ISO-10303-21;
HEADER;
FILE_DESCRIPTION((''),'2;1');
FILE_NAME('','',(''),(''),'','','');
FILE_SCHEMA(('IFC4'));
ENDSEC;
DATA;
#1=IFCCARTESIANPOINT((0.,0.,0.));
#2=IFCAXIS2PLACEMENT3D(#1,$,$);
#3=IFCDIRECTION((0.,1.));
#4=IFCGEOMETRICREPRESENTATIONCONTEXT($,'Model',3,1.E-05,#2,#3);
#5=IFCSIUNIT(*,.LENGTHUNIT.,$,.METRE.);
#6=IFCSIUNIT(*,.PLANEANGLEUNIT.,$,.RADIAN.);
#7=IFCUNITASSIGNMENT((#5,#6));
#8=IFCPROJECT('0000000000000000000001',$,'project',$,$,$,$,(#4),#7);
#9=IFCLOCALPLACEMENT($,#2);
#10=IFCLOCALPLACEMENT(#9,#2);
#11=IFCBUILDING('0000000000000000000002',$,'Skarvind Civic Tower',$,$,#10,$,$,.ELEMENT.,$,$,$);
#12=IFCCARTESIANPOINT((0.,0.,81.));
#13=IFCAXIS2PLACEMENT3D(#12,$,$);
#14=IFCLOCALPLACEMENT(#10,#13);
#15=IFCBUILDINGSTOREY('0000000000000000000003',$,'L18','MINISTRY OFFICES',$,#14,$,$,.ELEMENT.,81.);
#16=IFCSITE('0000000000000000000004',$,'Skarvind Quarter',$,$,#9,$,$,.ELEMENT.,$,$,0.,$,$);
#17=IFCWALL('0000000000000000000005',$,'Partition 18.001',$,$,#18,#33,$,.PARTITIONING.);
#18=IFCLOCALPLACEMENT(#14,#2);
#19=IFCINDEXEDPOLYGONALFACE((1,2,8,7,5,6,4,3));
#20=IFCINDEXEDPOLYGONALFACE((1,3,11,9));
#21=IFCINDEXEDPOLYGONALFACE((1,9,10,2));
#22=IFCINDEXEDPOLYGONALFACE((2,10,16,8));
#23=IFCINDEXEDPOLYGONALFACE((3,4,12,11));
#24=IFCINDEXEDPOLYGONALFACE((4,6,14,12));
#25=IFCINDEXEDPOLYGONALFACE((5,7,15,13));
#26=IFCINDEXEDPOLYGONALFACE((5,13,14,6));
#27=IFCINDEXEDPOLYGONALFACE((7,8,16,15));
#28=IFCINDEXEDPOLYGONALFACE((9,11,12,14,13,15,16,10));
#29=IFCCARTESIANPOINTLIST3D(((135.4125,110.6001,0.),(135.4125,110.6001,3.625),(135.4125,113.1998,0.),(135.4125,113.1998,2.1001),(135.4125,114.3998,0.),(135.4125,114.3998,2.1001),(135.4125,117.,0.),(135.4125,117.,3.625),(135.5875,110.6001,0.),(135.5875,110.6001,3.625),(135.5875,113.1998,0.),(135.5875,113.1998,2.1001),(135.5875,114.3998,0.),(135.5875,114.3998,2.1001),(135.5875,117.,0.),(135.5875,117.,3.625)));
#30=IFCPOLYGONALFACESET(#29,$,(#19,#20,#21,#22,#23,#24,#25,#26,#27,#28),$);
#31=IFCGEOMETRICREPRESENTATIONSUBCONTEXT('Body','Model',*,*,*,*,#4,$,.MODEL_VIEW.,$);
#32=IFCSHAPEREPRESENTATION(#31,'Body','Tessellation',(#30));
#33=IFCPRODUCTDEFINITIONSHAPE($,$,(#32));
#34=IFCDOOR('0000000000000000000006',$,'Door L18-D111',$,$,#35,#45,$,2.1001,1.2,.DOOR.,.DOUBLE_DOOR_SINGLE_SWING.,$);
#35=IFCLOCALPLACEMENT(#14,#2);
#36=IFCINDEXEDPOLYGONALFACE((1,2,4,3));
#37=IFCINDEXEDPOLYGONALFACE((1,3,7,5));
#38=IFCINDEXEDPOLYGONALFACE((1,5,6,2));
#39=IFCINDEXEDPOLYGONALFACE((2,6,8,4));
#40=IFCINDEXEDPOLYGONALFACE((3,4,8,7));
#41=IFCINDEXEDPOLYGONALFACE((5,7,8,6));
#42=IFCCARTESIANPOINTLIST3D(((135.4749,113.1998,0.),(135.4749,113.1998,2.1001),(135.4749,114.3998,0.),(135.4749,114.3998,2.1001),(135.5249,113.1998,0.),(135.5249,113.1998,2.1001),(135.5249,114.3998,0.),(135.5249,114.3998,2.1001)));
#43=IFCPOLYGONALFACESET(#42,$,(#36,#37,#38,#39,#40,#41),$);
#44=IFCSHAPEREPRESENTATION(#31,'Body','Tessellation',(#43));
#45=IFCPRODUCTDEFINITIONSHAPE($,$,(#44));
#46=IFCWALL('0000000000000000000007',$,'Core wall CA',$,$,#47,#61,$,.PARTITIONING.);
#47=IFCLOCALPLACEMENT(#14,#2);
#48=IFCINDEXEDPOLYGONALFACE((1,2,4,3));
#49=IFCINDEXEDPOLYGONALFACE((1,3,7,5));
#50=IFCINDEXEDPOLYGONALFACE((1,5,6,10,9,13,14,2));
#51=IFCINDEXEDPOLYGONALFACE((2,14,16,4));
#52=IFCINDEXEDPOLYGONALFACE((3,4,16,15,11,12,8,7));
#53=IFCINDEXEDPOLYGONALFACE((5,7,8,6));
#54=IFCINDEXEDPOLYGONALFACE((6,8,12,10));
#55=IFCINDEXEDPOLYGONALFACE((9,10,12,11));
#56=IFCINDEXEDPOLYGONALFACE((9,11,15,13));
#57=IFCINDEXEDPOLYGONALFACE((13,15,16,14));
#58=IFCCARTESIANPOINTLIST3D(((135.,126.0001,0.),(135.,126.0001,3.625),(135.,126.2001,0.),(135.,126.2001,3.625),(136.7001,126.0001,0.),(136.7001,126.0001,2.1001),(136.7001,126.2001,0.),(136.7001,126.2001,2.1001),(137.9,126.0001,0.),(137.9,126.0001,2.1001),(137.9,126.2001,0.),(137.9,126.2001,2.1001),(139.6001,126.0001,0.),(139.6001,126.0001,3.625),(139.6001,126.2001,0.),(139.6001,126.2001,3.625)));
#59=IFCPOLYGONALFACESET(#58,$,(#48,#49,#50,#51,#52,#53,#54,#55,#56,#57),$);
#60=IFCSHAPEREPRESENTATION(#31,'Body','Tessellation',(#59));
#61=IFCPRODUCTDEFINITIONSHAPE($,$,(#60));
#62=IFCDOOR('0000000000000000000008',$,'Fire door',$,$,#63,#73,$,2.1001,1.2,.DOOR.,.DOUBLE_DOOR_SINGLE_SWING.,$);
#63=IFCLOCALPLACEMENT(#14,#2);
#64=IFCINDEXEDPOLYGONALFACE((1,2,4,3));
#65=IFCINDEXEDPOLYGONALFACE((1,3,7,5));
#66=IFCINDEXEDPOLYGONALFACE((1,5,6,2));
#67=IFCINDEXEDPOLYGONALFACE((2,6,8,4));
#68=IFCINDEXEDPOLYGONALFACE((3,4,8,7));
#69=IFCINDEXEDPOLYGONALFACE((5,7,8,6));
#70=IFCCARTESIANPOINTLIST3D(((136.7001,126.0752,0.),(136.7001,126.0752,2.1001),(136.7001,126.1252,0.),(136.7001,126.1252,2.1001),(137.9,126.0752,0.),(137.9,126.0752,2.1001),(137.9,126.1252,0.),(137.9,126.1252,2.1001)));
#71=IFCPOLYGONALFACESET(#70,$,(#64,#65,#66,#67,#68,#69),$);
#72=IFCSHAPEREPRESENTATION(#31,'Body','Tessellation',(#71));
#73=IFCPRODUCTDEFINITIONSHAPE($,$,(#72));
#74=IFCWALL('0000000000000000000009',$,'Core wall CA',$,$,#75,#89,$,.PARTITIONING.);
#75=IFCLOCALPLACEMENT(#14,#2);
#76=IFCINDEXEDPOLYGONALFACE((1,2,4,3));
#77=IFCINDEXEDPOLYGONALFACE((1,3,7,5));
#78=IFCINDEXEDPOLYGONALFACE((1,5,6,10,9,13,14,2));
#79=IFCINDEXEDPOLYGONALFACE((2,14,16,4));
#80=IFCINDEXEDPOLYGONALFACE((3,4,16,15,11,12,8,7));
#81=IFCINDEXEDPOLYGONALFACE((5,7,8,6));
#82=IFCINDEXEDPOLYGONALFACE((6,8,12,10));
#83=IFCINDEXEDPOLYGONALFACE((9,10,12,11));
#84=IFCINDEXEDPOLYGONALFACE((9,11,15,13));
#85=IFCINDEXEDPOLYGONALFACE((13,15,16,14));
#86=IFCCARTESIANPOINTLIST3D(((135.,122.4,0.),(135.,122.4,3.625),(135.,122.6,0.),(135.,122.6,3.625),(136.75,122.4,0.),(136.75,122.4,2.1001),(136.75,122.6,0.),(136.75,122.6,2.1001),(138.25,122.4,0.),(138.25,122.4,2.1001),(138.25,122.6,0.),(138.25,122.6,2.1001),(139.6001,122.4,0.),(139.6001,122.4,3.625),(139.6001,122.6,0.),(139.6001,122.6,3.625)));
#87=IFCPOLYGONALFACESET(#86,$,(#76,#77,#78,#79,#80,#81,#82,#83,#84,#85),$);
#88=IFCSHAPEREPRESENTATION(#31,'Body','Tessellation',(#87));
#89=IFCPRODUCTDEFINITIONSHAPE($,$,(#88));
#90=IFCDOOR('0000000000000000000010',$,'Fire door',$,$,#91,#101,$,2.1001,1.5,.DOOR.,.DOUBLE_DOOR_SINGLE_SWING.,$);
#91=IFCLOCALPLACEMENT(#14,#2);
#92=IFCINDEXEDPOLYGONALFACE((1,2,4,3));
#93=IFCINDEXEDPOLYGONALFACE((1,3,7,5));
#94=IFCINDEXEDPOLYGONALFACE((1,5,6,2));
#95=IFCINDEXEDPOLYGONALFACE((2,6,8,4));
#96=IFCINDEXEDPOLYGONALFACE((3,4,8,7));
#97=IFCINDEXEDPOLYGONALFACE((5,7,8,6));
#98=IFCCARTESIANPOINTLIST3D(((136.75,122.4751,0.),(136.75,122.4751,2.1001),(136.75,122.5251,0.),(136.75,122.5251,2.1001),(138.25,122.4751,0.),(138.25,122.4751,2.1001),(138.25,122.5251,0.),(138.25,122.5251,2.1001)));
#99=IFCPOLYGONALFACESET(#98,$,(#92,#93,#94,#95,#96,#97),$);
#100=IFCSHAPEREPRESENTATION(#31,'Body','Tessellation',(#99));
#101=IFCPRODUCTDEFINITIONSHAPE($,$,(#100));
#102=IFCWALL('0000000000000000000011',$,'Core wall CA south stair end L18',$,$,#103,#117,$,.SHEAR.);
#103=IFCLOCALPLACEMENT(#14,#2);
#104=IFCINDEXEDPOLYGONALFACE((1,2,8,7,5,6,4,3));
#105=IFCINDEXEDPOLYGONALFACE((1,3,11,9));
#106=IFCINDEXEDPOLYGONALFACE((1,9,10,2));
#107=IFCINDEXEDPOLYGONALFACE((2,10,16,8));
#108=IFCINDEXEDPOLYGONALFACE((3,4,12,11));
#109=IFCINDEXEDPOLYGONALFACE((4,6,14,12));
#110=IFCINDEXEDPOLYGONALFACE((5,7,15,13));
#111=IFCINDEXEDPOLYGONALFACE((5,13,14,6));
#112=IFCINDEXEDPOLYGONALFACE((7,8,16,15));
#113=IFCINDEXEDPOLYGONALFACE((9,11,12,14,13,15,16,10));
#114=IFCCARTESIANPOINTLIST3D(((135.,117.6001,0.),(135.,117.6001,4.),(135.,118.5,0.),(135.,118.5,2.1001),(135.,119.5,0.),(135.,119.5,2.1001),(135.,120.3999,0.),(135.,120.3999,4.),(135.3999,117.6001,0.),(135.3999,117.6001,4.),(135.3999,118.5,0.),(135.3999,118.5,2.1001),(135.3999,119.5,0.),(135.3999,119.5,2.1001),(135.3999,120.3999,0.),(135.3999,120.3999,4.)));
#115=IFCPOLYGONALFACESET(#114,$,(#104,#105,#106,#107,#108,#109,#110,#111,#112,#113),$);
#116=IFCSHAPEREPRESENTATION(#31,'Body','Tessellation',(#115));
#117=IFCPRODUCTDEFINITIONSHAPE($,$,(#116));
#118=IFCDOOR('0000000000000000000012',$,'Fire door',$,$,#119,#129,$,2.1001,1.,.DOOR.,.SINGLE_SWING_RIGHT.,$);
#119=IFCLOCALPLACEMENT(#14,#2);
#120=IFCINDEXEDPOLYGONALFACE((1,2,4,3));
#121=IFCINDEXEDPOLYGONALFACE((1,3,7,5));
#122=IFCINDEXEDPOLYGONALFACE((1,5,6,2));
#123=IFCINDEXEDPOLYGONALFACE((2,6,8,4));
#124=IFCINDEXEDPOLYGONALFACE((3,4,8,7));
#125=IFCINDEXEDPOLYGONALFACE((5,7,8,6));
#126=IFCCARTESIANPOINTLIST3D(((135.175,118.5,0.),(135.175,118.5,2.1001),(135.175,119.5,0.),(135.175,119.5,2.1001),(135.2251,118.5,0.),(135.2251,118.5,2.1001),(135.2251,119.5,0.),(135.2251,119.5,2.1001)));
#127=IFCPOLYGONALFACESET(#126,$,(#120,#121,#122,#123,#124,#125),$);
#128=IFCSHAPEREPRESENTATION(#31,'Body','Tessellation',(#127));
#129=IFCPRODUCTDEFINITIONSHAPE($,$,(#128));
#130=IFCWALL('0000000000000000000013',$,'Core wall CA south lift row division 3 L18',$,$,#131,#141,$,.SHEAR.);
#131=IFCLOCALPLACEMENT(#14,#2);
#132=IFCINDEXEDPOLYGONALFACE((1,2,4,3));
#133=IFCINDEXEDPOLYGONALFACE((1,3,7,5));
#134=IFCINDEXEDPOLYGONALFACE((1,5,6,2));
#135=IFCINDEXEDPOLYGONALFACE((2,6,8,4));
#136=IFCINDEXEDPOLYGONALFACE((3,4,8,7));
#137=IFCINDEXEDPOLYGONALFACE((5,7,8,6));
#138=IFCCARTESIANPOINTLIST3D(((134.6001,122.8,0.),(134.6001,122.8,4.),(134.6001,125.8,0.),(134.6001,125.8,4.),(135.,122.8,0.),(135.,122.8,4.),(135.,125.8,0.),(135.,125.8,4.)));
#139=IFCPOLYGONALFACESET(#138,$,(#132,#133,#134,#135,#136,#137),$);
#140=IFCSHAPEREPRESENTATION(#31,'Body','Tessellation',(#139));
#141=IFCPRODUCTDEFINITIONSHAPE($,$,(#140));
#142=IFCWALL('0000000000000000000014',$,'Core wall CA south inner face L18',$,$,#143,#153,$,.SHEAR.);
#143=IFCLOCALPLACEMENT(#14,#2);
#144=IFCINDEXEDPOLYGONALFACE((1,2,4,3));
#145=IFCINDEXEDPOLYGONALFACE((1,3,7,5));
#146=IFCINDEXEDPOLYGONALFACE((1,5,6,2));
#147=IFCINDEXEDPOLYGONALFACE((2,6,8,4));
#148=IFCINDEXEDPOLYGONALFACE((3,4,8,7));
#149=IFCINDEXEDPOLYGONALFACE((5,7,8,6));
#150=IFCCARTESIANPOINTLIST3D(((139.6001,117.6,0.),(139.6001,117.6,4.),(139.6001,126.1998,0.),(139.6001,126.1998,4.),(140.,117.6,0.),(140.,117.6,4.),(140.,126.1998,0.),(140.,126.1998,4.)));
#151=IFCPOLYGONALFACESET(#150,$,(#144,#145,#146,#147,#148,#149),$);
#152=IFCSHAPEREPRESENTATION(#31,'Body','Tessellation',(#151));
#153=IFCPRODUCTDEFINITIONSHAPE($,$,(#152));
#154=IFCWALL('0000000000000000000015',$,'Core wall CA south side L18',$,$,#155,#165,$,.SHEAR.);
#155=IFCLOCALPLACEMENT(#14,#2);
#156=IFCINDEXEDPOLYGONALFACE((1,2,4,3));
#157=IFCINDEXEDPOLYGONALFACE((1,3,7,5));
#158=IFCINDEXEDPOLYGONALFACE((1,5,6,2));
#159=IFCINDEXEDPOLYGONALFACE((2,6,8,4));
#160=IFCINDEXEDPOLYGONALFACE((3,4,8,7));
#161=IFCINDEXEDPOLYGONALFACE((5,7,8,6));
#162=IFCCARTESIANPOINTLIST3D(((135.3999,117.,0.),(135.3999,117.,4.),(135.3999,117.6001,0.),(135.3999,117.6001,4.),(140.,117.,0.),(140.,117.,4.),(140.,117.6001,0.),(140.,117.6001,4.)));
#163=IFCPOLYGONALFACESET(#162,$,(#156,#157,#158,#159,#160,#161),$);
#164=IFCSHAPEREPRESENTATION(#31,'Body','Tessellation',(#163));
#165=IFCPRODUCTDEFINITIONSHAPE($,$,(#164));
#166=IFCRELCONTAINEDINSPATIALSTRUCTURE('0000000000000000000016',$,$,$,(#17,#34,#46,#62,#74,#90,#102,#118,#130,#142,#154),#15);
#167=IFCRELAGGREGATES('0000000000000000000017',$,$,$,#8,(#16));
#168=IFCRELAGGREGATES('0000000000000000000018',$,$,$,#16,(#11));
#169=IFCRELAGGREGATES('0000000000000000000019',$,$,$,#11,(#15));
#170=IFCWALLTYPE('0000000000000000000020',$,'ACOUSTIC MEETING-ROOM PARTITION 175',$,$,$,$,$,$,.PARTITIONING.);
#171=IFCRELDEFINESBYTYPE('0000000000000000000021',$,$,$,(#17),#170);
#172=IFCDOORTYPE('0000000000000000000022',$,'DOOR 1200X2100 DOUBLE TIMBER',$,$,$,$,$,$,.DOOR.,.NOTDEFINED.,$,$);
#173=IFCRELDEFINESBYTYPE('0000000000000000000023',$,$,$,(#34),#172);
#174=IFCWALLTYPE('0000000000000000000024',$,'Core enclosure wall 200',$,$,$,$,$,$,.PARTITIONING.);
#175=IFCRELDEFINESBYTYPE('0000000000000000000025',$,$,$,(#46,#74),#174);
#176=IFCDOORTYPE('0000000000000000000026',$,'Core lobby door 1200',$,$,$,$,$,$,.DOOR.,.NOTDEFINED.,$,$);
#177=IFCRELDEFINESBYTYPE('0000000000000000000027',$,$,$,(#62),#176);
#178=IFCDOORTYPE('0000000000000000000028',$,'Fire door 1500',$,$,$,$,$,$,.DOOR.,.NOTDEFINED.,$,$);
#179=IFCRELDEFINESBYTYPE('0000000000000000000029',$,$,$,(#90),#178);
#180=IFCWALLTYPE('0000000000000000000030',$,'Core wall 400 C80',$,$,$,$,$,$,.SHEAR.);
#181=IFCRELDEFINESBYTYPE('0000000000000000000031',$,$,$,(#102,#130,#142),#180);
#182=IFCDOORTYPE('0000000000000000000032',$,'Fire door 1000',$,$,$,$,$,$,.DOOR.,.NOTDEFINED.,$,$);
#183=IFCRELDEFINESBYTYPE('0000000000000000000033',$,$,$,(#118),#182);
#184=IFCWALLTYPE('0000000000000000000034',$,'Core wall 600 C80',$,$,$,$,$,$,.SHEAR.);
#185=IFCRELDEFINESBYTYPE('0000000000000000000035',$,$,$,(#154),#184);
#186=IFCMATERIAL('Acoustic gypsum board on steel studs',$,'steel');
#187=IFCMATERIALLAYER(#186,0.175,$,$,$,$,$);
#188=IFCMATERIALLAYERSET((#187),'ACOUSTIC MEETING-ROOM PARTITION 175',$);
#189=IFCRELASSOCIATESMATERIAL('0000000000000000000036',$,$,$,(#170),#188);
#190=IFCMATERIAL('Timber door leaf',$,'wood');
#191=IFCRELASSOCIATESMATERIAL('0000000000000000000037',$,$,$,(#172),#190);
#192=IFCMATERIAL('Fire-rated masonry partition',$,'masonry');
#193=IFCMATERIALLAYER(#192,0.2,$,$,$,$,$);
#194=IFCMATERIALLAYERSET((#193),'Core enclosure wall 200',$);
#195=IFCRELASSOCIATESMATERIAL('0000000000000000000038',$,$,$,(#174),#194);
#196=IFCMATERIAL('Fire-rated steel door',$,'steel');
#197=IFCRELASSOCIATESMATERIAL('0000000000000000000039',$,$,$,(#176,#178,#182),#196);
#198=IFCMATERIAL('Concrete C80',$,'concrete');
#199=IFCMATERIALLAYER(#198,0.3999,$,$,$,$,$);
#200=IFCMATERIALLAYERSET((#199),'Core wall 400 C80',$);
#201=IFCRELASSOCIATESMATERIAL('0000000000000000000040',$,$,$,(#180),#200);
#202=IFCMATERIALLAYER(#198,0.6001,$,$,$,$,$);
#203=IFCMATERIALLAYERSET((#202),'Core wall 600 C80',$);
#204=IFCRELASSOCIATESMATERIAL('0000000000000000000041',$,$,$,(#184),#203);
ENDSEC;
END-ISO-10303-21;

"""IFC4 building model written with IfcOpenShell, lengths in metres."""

from ifc_helpers import new_model, si_unit, direction, frame, frame_2d, origin, place, context, subcontext, project, spatial, rectangle, extrude, material, layer, layer_set, type_object, element, fill, save


model = new_model("IFC4")

# Units and contexts
model_context = context("Model", 3, precision=1e-05, world=origin(), true_north=direction((0.0, 1.0)))
body_context = subcontext(model_context, "Body", "Model", "MODEL_VIEW")
ifc_project = project(units=[si_unit("LENGTHUNIT", "METRE"), si_unit("PLANEANGLEUNIT", "RADIAN")], contexts=[model_context])

# Site, building, storey
site_placement = place(None, origin())
site = spatial("IfcSite", under=ifc_project, at=site_placement, Name="Skarvind Quarter", CompositionType="ELEMENT", RefElevation=0.0)
building_placement = place(site_placement, origin())
building = spatial("IfcBuilding", under=site, at=building_placement, Name="Skarvind Civic Tower", CompositionType="ELEMENT")
storey_placement = place(building_placement, frame((0.0, 0.0, 81.0)))
storey = spatial("IfcBuildingStorey", under=building, at=storey_placement, Name="L18", Description="MINISTRY OFFICES", CompositionType="ELEMENT", Elevation=81.0)

# Walls, openings, doors
ifc_material_1 = material(Name="Acoustic gypsum board on steel studs", Category="steel")
ifc_layer_1 = layer(ifc_material_1, 0.175)
ifc_layer_set_1 = layer_set([ifc_layer_1], Name="ACOUSTIC MEETING-ROOM PARTITION 175")
wall_type_1 = type_object("IfcWallType", Name="ACOUSTIC MEETING-ROOM PARTITION 175", PredefinedType="PARTITIONING", material=ifc_layer_set_1)
wall_1_placement = place(storey_placement, frame((135.5, 117.0, 0.0), z_axis=(0.0, 0.0, 1.0), x_axis=(0.0, -1.0, 0.0)))
wall_1 = element("IfcWall", 1, at=wall_1_placement, inside=storey, type_object=wall_type_1, Name="Partition 18.001", PredefinedType="PARTITIONING", context=body_context, shape_type="SweptSolid", body=[
    extrude(rectangle(XDim=6.3999, YDim=0.175, at=frame_2d((3.2, 0.0))), origin(), (0.0, 0.0, 1.0), 3.625),
])
opening_1_placement = place(wall_1_placement, frame((2.6001, 0.0, 0.0)))
opening_1 = element("IfcOpeningElement", 2, at=opening_1_placement, cuts=wall_1, PredefinedType="OPENING", context=body_context, shape_type="SweptSolid", body=[
    extrude(rectangle(XDim=1.2, YDim=2.1001, at=frame_2d((0.6001, 1.05))), frame((0.0, 0.0974, 0.0), z_axis=(0.0, -1.0, 0.0), x_axis=(1.0, 0.0, 0.0)), (0.0, 0.0, 1.0), 0.1951),
])
ifc_material_2 = material(Name="Timber door leaf", Category="wood")
door_type_1 = type_object("IfcDoorType", Name="DOOR 1200X2100 DOUBLE TIMBER", OperationType="NOTDEFINED", PredefinedType="DOOR", material=ifc_material_2)
door_1_placement = place(opening_1_placement, origin())
door_1 = element("IfcDoor", 3, at=door_1_placement, inside=storey, type_object=door_type_1, Name="Door L18-D111", OperationType="DOUBLE_DOOR_SINGLE_SWING", OverallHeight=2.1001, OverallWidth=1.2, PredefinedType="DOOR", context=body_context, shape_type="SweptSolid", body=[
    extrude(rectangle(XDim=1.2, YDim=2.1001, at=frame_2d((0.6001, 1.05))), frame((0.0, 0.0249, 0.0), z_axis=(0.0, -1.0, 0.0), x_axis=(1.0, 0.0, 0.0)), (0.0, 0.0, 1.0), 0.05),
])
fill(opening_1, door_1)
ifc_material_3 = material(Name="Fire-rated masonry partition", Category="masonry")
ifc_layer_2 = layer(ifc_material_3, 0.2)
ifc_layer_set_2 = layer_set([ifc_layer_2], Name="Core enclosure wall 200")
wall_type_2 = type_object("IfcWallType", Name="Core enclosure wall 200", PredefinedType="PARTITIONING", material=ifc_layer_set_2)
wall_2_placement = place(storey_placement, frame((139.6001, 126.1001, 0.0), z_axis=(0.0, 0.0, 1.0), x_axis=(-1.0, 0.0, 0.0)))
wall_2 = element("IfcWall", 4, at=wall_2_placement, inside=storey, type_object=wall_type_2, Name="Core wall CA", PredefinedType="PARTITIONING", context=body_context, shape_type="SweptSolid", body=[
    extrude(rectangle(XDim=4.6001, YDim=0.2, at=frame_2d((2.3, 0.0))), origin(), (0.0, 0.0, 1.0), 3.625),
])
opening_2_placement = place(wall_2_placement, frame((1.7, 0.0, 0.0)))
opening_2 = element("IfcOpeningElement", 5, at=opening_2_placement, cuts=wall_2, PredefinedType="OPENING", context=body_context, shape_type="SweptSolid", body=[
    extrude(rectangle(XDim=1.2, YDim=2.1001, at=frame_2d((0.6001, 1.05))), frame((0.0, 0.1099, 0.0), z_axis=(0.0, -1.0, 0.0), x_axis=(1.0, 0.0, 0.0)), (0.0, 0.0, 1.0), 0.22),
])
ifc_material_4 = material(Name="Fire-rated steel door", Category="steel")
door_type_2 = type_object("IfcDoorType", Name="Core lobby door 1200", OperationType="NOTDEFINED", PredefinedType="DOOR", material=ifc_material_4)
door_2_placement = place(opening_2_placement, origin())
door_2 = element("IfcDoor", 6, at=door_2_placement, inside=storey, type_object=door_type_2, Name="Fire door", OperationType="DOUBLE_DOOR_SINGLE_SWING", OverallHeight=2.1001, OverallWidth=1.2, PredefinedType="DOOR", context=body_context, shape_type="SweptSolid", body=[
    extrude(rectangle(XDim=1.2, YDim=2.1001, at=frame_2d((0.6001, 1.05))), frame((0.0, 0.0249, 0.0), z_axis=(0.0, -1.0, 0.0), x_axis=(1.0, 0.0, 0.0)), (0.0, 0.0, 1.0), 0.05),
])
fill(opening_2, door_2)
wall_3_placement = place(storey_placement, frame((139.6001, 122.5, 0.0), z_axis=(0.0, 0.0, 1.0), x_axis=(-1.0, 0.0, 0.0)))
wall_3 = element("IfcWall", 7, at=wall_3_placement, inside=storey, type_object=wall_type_2, Name="Core wall CA", PredefinedType="PARTITIONING", context=body_context, shape_type="SweptSolid", body=[
    extrude(rectangle(XDim=4.6001, YDim=0.2, at=frame_2d((2.3, 0.0))), origin(), (0.0, 0.0, 1.0), 3.625),
])
opening_3_placement = place(wall_3_placement, frame((1.3501, 0.0, 0.0)))
opening_3 = element("IfcOpeningElement", 8, at=opening_3_placement, cuts=wall_3, PredefinedType="OPENING", context=body_context, shape_type="SweptSolid", body=[
    extrude(rectangle(XDim=1.5, YDim=2.1001, at=frame_2d((0.75, 1.05))), frame((0.0, 0.1099, 0.0), z_axis=(0.0, -1.0, 0.0), x_axis=(1.0, 0.0, 0.0)), (0.0, 0.0, 1.0), 0.22),
])
door_type_3 = type_object("IfcDoorType", Name="Fire door 1500", OperationType="NOTDEFINED", PredefinedType="DOOR", material=ifc_material_4)
door_3_placement = place(opening_3_placement, origin())
door_3 = element("IfcDoor", 9, at=door_3_placement, inside=storey, type_object=door_type_3, Name="Fire door", OperationType="DOUBLE_DOOR_SINGLE_SWING", OverallHeight=2.1001, OverallWidth=1.5, PredefinedType="DOOR", context=body_context, shape_type="SweptSolid", body=[
    extrude(rectangle(XDim=1.5, YDim=2.1001, at=frame_2d((0.75, 1.05))), frame((0.0, 0.0249, 0.0), z_axis=(0.0, -1.0, 0.0), x_axis=(1.0, 0.0, 0.0)), (0.0, 0.0, 1.0), 0.05),
])
fill(opening_3, door_3)
ifc_material_5 = material(Name="Concrete C80", Category="concrete")
ifc_layer_3 = layer(ifc_material_5, 0.3999)
ifc_layer_set_3 = layer_set([ifc_layer_3], Name="Core wall 400 C80")
wall_type_3 = type_object("IfcWallType", Name="Core wall 400 C80", PredefinedType="SHEAR", material=ifc_layer_set_3)
wall_4_placement = place(storey_placement, frame((135.2, 117.6001, 0.0), z_axis=(0.0, 0.0, 1.0), x_axis=(0.0, 1.0, 0.0)))
wall_4 = element("IfcWall", 10, at=wall_4_placement, inside=storey, type_object=wall_type_3, Name="Core wall CA south stair end L18", PredefinedType="SHEAR", context=body_context, shape_type="SweptSolid", body=[
    extrude(rectangle(XDim=2.7998, YDim=0.3999, at=frame_2d((1.3999, 0.0))), origin(), (0.0, 0.0, 1.0), 4.0),
])
opening_4_placement = place(wall_4_placement, frame((0.8999, 0.0, 0.0)))
opening_4 = element("IfcOpeningElement", 11, at=opening_4_placement, cuts=wall_4, PredefinedType="OPENING", context=body_context, shape_type="SweptSolid", body=[
    extrude(rectangle(XDim=1.0, YDim=2.1001, at=frame_2d((0.5, 1.05))), frame((0.0, 0.21, 0.0), z_axis=(0.0, -1.0, 0.0), x_axis=(1.0, 0.0, 0.0)), (0.0, 0.0, 1.0), 0.4199),
])
door_type_4 = type_object("IfcDoorType", Name="Fire door 1000", OperationType="NOTDEFINED", PredefinedType="DOOR", material=ifc_material_4)
door_4_placement = place(opening_4_placement, origin())
door_4 = element("IfcDoor", 12, at=door_4_placement, inside=storey, type_object=door_type_4, Name="Fire door", OperationType="SINGLE_SWING_RIGHT", OverallHeight=2.1001, OverallWidth=1.0, PredefinedType="DOOR", context=body_context, shape_type="SweptSolid", body=[
    extrude(rectangle(XDim=1.0, YDim=2.1001, at=frame_2d((0.5, 1.05))), frame((0.0, 0.0249, 0.0), z_axis=(0.0, -1.0, 0.0), x_axis=(1.0, 0.0, 0.0)), (0.0, 0.0, 1.0), 0.05),
])
fill(opening_4, door_4)

# Walls
wall_5_placement = place(storey_placement, frame((134.8, 122.8, 0.0), z_axis=(0.0, 0.0, 1.0), x_axis=(0.0, 1.0, 0.0)))
element("IfcWall", 13, at=wall_5_placement, inside=storey, type_object=wall_type_3, Name="Core wall CA south lift row division 3 L18", PredefinedType="SHEAR", context=body_context, shape_type="SweptSolid", body=[
    extrude(rectangle(XDim=3.0, YDim=0.3999, at=frame_2d((1.5, 0.0))), origin(), (0.0, 0.0, 1.0), 4.0),
])
wall_6_placement = place(storey_placement, frame((139.8, 117.6001, 0.0), z_axis=(0.0, 0.0, 1.0), x_axis=(0.0, 1.0, 0.0)))
element("IfcWall", 14, at=wall_6_placement, inside=storey, type_object=wall_type_3, Name="Core wall CA south inner face L18", PredefinedType="SHEAR", context=body_context, shape_type="SweptSolid", body=[
    extrude(rectangle(XDim=8.5999, YDim=0.3999, at=frame_2d((4.2998, 0.0))), origin(), (0.0, 0.0, 1.0), 4.0),
])
ifc_layer_4 = layer(ifc_material_5, 0.6001)
ifc_layer_set_4 = layer_set([ifc_layer_4], Name="Core wall 600 C80")
wall_type_4 = type_object("IfcWallType", Name="Core wall 600 C80", PredefinedType="SHEAR", material=ifc_layer_set_4)
wall_7_placement = place(storey_placement, frame((135.3999, 117.3, 0.0), z_axis=(0.0, 0.0, 1.0), x_axis=(1.0, 0.0, 0.0)))
element("IfcWall", 15, at=wall_7_placement, inside=storey, type_object=wall_type_4, Name="Core wall CA south side L18", PredefinedType="SHEAR", context=body_context, shape_type="SweptSolid", body=[
    extrude(rectangle(XDim=4.6001, YDim=0.6001, at=frame_2d((2.3, 0.0))), origin(), (0.0, 0.0, 1.0), 4.0),
])

save(model, "model.ifc")
